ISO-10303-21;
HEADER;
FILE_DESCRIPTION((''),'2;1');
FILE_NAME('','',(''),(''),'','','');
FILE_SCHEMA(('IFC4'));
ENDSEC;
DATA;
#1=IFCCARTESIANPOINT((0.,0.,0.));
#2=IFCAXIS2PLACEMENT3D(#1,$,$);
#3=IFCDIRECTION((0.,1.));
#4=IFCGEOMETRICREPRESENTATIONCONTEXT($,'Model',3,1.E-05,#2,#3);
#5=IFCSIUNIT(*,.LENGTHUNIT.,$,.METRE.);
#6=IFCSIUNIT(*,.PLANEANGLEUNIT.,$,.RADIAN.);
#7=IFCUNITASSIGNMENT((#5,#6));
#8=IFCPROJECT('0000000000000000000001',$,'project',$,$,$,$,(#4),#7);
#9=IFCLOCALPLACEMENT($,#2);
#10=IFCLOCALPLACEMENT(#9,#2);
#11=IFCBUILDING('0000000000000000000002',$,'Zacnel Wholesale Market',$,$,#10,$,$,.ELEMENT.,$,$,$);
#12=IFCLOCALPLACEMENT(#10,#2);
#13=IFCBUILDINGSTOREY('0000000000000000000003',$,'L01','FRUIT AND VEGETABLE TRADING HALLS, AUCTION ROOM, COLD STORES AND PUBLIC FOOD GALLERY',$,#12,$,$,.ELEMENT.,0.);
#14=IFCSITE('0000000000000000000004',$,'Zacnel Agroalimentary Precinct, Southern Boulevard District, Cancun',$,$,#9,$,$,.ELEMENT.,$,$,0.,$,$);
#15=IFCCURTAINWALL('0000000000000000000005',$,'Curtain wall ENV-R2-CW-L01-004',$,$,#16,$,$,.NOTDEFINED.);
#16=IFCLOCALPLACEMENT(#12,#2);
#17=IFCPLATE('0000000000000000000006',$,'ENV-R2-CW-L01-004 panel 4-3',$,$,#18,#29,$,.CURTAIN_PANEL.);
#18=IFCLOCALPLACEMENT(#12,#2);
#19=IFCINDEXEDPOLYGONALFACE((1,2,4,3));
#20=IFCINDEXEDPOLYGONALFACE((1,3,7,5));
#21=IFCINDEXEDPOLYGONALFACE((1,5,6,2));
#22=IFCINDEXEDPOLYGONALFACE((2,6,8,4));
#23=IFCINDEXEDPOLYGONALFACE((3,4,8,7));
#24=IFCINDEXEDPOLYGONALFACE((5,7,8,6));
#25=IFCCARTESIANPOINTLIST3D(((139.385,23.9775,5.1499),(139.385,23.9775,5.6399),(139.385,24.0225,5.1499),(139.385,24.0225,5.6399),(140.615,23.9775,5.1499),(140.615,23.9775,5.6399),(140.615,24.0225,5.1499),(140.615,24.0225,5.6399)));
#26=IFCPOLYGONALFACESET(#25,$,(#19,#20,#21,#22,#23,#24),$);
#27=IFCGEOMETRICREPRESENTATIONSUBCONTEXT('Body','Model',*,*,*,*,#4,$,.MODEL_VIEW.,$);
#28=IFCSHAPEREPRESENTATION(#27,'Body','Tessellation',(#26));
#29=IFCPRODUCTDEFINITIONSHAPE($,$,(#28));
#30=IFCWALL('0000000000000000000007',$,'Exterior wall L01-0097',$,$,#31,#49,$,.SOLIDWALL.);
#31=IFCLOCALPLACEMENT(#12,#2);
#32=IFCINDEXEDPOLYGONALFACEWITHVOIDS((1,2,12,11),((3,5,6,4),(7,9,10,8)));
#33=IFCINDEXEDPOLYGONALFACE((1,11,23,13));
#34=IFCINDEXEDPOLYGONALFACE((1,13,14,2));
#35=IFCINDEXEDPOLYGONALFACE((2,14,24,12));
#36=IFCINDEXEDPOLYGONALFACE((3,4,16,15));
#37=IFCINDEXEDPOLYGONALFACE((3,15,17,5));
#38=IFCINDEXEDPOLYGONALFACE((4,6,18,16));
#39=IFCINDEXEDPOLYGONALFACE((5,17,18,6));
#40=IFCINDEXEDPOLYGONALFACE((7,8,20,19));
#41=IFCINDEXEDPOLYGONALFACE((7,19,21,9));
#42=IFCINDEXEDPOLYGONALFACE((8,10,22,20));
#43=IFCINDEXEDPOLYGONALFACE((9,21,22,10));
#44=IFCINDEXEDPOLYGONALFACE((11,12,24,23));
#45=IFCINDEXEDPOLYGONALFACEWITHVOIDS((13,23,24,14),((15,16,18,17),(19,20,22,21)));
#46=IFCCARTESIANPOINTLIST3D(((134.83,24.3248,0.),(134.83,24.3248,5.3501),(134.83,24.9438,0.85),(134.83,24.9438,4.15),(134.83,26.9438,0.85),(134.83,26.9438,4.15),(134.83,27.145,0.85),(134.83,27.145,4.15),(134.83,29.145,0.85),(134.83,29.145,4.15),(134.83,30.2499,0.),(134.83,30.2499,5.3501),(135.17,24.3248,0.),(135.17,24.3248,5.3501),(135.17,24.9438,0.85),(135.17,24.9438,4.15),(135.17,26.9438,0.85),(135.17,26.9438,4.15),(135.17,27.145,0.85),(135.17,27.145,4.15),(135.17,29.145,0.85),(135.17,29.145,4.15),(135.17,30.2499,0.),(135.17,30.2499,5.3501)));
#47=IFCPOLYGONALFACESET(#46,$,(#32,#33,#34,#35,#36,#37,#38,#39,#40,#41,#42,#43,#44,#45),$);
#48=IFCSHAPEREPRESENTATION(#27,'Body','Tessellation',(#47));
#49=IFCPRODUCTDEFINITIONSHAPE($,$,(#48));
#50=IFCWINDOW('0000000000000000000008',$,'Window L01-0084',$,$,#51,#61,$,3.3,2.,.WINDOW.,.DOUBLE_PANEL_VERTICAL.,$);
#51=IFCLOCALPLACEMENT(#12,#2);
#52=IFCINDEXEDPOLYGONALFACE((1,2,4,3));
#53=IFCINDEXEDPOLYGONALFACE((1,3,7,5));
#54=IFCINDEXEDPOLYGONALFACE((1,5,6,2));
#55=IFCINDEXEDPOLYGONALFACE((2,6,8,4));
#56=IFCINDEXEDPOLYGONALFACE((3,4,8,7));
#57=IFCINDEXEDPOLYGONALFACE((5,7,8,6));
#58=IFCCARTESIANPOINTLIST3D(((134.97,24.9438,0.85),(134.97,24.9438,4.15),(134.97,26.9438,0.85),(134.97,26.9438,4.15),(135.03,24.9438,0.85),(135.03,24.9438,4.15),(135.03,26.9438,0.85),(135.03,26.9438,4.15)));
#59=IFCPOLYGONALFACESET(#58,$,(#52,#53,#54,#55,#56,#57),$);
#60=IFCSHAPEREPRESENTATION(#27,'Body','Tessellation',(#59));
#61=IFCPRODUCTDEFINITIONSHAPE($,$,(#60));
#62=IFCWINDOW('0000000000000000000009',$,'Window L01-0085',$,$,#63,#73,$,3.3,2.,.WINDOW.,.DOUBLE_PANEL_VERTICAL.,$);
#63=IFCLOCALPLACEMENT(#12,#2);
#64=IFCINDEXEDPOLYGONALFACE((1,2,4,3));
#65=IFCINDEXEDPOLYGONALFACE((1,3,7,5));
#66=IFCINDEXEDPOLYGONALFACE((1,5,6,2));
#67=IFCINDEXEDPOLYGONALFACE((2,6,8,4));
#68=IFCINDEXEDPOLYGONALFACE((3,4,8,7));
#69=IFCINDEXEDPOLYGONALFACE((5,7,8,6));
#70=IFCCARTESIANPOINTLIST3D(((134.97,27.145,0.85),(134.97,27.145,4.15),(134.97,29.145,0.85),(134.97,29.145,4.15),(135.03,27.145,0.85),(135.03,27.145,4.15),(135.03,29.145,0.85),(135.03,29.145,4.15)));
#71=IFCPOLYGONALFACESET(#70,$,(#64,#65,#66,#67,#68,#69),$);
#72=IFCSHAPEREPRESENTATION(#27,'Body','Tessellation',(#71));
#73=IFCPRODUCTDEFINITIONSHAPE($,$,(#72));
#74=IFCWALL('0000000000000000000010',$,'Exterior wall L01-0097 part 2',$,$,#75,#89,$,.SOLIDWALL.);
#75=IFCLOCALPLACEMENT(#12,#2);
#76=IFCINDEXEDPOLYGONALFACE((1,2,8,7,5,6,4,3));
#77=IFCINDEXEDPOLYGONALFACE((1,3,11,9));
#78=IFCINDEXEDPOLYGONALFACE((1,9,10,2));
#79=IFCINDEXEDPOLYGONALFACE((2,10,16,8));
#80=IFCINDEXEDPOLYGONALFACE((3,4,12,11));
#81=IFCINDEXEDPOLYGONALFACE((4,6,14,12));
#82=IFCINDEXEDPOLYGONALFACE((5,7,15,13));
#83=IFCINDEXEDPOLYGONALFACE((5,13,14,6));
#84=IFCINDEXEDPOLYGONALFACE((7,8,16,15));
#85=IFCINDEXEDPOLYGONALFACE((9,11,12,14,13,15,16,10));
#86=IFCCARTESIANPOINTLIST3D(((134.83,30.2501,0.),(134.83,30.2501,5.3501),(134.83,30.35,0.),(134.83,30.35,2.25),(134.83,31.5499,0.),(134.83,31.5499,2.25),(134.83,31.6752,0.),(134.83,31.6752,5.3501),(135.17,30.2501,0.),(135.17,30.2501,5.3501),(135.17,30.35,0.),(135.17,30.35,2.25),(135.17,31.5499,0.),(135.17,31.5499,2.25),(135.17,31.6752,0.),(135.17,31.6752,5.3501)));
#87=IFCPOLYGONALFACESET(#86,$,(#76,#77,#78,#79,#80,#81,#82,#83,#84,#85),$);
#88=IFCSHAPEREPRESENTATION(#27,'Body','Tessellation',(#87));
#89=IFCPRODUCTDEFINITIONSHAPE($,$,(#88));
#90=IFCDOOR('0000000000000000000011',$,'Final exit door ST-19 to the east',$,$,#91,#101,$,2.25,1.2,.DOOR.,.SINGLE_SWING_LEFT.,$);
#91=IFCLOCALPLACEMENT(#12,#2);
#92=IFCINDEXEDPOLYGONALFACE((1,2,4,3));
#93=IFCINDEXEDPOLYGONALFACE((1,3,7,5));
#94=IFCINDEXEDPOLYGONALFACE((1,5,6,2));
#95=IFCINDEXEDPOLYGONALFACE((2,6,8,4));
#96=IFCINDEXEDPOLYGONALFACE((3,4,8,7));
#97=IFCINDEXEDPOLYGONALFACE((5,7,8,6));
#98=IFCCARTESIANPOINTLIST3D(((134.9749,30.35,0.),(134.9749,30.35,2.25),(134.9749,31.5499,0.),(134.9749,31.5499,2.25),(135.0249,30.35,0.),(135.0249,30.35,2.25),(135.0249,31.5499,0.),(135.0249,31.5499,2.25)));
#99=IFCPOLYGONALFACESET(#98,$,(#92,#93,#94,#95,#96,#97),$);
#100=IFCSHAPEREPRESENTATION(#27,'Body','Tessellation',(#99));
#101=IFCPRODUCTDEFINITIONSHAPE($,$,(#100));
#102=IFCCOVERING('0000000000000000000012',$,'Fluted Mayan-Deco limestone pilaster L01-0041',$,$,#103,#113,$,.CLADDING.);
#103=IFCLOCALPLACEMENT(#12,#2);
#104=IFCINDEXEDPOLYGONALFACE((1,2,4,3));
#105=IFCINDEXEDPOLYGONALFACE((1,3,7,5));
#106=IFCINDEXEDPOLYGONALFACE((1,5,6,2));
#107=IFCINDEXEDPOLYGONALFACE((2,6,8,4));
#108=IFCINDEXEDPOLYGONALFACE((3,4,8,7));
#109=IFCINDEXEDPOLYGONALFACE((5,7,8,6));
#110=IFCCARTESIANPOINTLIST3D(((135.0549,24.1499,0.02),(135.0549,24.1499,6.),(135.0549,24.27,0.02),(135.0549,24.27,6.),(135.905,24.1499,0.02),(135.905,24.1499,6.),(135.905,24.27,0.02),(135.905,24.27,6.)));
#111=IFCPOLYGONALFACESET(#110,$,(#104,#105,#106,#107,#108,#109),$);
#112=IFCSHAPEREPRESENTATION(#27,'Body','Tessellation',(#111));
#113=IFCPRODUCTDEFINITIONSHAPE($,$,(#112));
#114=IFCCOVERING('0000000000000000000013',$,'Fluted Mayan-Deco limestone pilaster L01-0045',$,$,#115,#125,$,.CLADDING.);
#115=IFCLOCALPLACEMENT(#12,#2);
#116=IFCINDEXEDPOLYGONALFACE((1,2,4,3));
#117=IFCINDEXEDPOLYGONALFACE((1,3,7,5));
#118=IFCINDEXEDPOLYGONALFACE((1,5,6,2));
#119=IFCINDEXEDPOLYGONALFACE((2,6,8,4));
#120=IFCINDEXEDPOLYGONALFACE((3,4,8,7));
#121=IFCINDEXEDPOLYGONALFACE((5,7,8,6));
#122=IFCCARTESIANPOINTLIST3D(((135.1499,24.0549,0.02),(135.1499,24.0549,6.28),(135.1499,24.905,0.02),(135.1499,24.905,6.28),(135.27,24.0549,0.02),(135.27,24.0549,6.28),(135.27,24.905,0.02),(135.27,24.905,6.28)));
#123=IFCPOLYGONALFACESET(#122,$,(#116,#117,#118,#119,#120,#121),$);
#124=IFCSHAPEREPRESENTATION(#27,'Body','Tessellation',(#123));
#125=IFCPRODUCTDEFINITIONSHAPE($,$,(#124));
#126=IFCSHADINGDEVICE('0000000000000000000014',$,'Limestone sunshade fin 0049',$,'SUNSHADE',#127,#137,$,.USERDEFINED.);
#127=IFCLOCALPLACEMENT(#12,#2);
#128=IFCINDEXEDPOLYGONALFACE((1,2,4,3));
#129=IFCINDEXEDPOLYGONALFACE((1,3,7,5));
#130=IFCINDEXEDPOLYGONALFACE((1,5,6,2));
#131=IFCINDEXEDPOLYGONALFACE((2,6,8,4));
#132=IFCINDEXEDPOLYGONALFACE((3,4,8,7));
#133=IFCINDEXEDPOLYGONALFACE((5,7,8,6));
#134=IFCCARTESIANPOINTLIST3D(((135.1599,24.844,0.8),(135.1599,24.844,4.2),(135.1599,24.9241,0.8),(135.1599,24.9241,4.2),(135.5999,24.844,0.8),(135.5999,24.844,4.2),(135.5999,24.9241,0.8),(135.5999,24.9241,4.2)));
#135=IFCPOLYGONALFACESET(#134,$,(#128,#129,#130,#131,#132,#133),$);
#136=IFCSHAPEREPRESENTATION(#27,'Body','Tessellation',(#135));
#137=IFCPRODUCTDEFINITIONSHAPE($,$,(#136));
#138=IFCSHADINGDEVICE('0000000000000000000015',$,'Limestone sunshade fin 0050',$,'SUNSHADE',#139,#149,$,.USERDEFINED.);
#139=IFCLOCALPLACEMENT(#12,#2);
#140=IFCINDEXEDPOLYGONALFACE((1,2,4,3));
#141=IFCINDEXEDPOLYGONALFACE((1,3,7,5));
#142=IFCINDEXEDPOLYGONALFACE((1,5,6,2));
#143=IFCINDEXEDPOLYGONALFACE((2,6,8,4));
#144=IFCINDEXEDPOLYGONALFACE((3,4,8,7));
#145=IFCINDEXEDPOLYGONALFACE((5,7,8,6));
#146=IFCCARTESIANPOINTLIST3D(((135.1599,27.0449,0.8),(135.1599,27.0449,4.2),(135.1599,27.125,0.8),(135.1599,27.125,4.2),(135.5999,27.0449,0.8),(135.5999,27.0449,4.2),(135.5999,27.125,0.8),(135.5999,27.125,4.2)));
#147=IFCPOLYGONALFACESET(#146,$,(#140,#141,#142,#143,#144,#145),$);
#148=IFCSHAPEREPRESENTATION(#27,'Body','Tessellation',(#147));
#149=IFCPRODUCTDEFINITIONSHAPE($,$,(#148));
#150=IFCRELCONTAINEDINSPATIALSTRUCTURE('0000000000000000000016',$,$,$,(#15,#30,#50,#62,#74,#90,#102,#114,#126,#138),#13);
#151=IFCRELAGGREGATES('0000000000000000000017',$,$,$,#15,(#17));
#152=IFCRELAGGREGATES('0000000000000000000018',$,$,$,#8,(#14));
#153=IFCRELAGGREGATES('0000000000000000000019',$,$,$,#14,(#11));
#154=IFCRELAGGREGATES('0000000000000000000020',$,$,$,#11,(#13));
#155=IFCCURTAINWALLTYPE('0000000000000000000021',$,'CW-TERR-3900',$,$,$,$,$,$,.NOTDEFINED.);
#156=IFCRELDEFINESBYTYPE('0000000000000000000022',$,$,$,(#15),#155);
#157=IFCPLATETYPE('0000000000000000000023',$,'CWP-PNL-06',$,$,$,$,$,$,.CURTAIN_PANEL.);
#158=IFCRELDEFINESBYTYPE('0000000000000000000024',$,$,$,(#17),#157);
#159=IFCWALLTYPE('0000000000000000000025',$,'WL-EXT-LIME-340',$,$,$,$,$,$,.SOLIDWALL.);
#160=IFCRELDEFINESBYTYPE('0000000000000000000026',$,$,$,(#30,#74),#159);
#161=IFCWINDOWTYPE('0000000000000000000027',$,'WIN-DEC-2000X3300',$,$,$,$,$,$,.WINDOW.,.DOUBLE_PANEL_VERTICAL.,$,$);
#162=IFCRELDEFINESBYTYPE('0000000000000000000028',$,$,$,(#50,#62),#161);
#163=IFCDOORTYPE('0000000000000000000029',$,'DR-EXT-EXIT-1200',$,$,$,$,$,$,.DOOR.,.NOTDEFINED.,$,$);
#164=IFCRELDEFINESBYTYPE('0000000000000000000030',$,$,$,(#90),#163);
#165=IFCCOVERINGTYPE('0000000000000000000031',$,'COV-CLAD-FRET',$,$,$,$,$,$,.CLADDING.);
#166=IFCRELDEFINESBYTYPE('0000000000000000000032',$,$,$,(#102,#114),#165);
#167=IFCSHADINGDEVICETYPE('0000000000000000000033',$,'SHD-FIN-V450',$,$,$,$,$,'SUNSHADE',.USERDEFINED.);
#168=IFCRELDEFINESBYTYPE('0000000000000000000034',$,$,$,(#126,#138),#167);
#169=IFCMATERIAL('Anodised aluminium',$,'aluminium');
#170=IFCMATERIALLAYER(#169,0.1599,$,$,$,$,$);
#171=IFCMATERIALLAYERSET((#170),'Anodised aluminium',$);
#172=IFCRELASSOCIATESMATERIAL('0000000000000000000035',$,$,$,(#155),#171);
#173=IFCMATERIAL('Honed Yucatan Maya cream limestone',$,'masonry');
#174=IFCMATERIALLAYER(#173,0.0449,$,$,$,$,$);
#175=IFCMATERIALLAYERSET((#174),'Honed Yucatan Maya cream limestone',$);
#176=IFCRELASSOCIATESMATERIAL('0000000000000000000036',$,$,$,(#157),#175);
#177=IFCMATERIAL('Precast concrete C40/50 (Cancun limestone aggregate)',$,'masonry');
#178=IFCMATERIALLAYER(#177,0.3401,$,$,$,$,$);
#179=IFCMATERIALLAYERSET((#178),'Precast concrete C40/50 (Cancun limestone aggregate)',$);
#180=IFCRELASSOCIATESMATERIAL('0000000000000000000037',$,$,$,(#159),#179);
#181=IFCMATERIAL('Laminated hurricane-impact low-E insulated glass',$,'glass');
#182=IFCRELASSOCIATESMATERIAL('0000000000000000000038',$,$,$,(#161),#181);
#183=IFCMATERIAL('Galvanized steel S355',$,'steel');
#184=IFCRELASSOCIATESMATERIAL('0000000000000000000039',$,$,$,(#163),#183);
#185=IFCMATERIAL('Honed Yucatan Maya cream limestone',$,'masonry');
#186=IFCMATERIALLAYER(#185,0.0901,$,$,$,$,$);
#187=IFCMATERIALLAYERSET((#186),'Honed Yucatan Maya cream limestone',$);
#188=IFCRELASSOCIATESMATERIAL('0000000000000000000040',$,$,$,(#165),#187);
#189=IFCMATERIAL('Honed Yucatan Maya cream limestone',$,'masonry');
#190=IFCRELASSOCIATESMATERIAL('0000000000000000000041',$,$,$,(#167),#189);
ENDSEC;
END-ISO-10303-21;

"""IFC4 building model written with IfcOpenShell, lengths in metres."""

from ifc_helpers import new_model, si_unit, direction, frame, frame_2d, origin, origin_2d, place, context, subcontext, project, spatial, rectangle, extrude, material, layer, layer_set, type_object, element, fill, aggregate, save


model = new_model("IFC4")

# Units and contexts
model_context = context("Model", 3, precision=1e-05, world=origin(), true_north=direction((0.0, 1.0)))
body_context = subcontext(model_context, "Body", "Model", "MODEL_VIEW")
ifc_project = project(units=[si_unit("LENGTHUNIT", "METRE"), si_unit("PLANEANGLEUNIT", "RADIAN")], contexts=[model_context])

# Site, building, storey
site_placement = place(None, origin())
site = spatial("IfcSite", under=ifc_project, at=site_placement, Name="Zacnel Agroalimentary Precinct, Southern Boulevard District, Cancun", CompositionType="ELEMENT", RefElevation=0.0)
building_placement = place(site_placement, origin())
building = spatial("IfcBuilding", under=site, at=building_placement, Name="Zacnel Wholesale Market", CompositionType="ELEMENT")
storey_placement = place(building_placement, origin())
storey = spatial("IfcBuildingStorey", under=building, at=storey_placement, Name="L01", Description="FRUIT AND VEGETABLE TRADING HALLS, AUCTION ROOM, COLD STORES AND PUBLIC FOOD GALLERY", CompositionType="ELEMENT", Elevation=0.0)

# Curtain wall, plate
ifc_material_1 = material(Name="Anodised aluminium", Category="aluminium")
ifc_layer_1 = layer(ifc_material_1, 0.1599)
ifc_layer_set_1 = layer_set([ifc_layer_1], Name="Anodised aluminium")
curtain_wall_type = type_object("IfcCurtainWallType", Name="CW-TERR-3900", PredefinedType="NOTDEFINED", material=ifc_layer_set_1)
curtain_wall_placement = place(storey_placement, origin())
curtain_wall = element("IfcCurtainWall", 1, at=curtain_wall_placement, inside=storey, type_object=curtain_wall_type, Name="Curtain wall ENV-R2-CW-L01-004", PredefinedType="NOTDEFINED")
ifc_material_2 = material(Name="Honed Yucatan Maya cream limestone", Category="masonry")
ifc_layer_2 = layer(ifc_material_2, 0.0449)
ifc_layer_set_2 = layer_set([ifc_layer_2], Name="Honed Yucatan Maya cream limestone")
plate_type_1 = type_object("IfcPlateType", Name="CWP-PNL-06", PredefinedType="CURTAIN_PANEL", material=ifc_layer_set_2)
plate_1_placement = place(storey_placement, frame((140.0, 24.0, 5.1499), z_axis=(0.0, 0.0, 1.0), x_axis=(1.0, 0.0, 0.0)))
plate_1 = element("IfcPlate", 2, at=plate_1_placement, type_object=plate_type_1, Name="ENV-R2-CW-L01-004 panel 4-3", PredefinedType="CURTAIN_PANEL", context=body_context, shape_type="SweptSolid", body=[
    extrude(rectangle(XDim=1.23, YDim=0.0449, at=origin_2d()), origin(), (0.0, 0.0, 1.0), 0.49),
])
aggregate(curtain_wall, [plate_1])

# Wall, openings, windows
ifc_material_3 = material(Name="Precast concrete C40/50 (Cancun limestone aggregate)", Category="masonry")
ifc_layer_3 = layer(ifc_material_3, 0.3401)
ifc_layer_set_3 = layer_set([ifc_layer_3], Name="Precast concrete C40/50 (Cancun limestone aggregate)")
wall_type = type_object("IfcWallType", Name="WL-EXT-LIME-340", PredefinedType="SOLIDWALL", material=ifc_layer_set_3)
wall_1_placement = place(storey_placement, frame((135.0, 24.325, 0.0), z_axis=(0.0, 0.0, 1.0), x_axis=(0.0, 1.0, 0.0)))
wall_1 = element("IfcWall", 3, at=wall_1_placement, inside=storey, type_object=wall_type, Name="Exterior wall L01-0097", PredefinedType="SOLIDWALL", context=body_context, shape_type="SweptSolid", body=[
    extrude(rectangle(XDim=5.925, YDim=0.3401, at=frame_2d((2.9624, 0.0))), origin(), (0.0, 0.0, 1.0), 5.3501),
])
opening_1_placement = place(wall_1_placement, frame((0.6189, 0.0, 0.8501)))
opening_1 = element("IfcOpeningElement", 4, at=opening_1_placement, cuts=wall_1, PredefinedType="OPENING", context=body_context, shape_type="SweptSolid", body=[
    extrude(rectangle(XDim=2.0, YDim=3.3, at=frame_2d((1.0, 1.6499))), frame((0.0, 0.1799, 0.0), z_axis=(0.0, -1.0, 0.0), x_axis=(1.0, 0.0, 0.0)), (0.0, 0.0, 1.0), 0.3601),
])
opening_2_placement = place(wall_1_placement, frame((2.8201, 0.0, 0.8501)))
opening_2 = element("IfcOpeningElement", 5, at=opening_2_placement, cuts=wall_1, PredefinedType="OPENING", context=body_context, shape_type="SweptSolid", body=[
    extrude(rectangle(XDim=2.0, YDim=3.3, at=frame_2d((1.0, 1.6499))), frame((0.0, 0.1799, 0.0), z_axis=(0.0, -1.0, 0.0), x_axis=(1.0, 0.0, 0.0)), (0.0, 0.0, 1.0), 0.3601),
])
ifc_material_4 = material(Name="Laminated hurricane-impact low-E insulated glass", Category="glass")
window_type = type_object("IfcWindowType", Name="WIN-DEC-2000X3300", PartitioningType="DOUBLE_PANEL_VERTICAL", PredefinedType="WINDOW", material=ifc_material_4)
window_1_placement = place(opening_1_placement, origin())
window_1 = element("IfcWindow", 6, at=window_1_placement, inside=storey, type_object=window_type, Name="Window L01-0084", OverallHeight=3.3, OverallWidth=2.0, PartitioningType="DOUBLE_PANEL_VERTICAL", PredefinedType="WINDOW", context=body_context, shape_type="SweptSolid", body=[
    extrude(rectangle(XDim=2.0, YDim=3.3, at=frame_2d((1.0, 1.6499))), frame((0.0, 0.03, 0.0), z_axis=(0.0, -1.0, 0.0), x_axis=(1.0, 0.0, 0.0)), (0.0, 0.0, 1.0), 0.0601),
])
fill(opening_1, window_1)
window_2_placement = place(opening_2_placement, origin())
window_2 = element("IfcWindow", 7, at=window_2_placement, inside=storey, type_object=window_type, Name="Window L01-0085", OverallHeight=3.3, OverallWidth=2.0, PartitioningType="DOUBLE_PANEL_VERTICAL", PredefinedType="WINDOW", context=body_context, shape_type="SweptSolid", body=[
    extrude(rectangle(XDim=2.0, YDim=3.3, at=frame_2d((1.0, 1.6499))), frame((0.0, 0.03, 0.0), z_axis=(0.0, -1.0, 0.0), x_axis=(1.0, 0.0, 0.0)), (0.0, 0.0, 1.0), 0.0601),
])
fill(opening_2, window_2)

# Wall, opening, door
wall_2_placement = place(storey_placement, frame((135.0, 31.675, 0.0), z_axis=(0.0, 0.0, 1.0), x_axis=(0.0, -1.0, 0.0)))
wall_2 = element("IfcWall", 8, at=wall_2_placement, inside=storey, type_object=wall_type, Name="Exterior wall L01-0097 part 2", PredefinedType="SOLIDWALL", context=body_context, shape_type="SweptSolid", body=[
    extrude(rectangle(XDim=1.425, YDim=0.3401, at=frame_2d((0.7124, 0.0))), origin(), (0.0, 0.0, 1.0), 5.3501),
])
opening_3_placement = place(wall_2_placement, frame((0.125, 0.0, 0.0)))
opening_3 = element("IfcOpeningElement", 9, at=opening_3_placement, cuts=wall_2, PredefinedType="OPENING", context=body_context, shape_type="SweptSolid", body=[
    extrude(rectangle(XDim=1.2, YDim=2.25, at=frame_2d((0.6001, 1.125))), frame((0.0, 0.1799, 0.0), z_axis=(0.0, -1.0, 0.0), x_axis=(1.0, 0.0, 0.0)), (0.0, 0.0, 1.0), 0.3601),
])
ifc_material_5 = material(Name="Galvanized steel S355", Category="steel")
door_type = type_object("IfcDoorType", Name="DR-EXT-EXIT-1200", OperationType="NOTDEFINED", PredefinedType="DOOR", material=ifc_material_5)
door_placement = place(opening_3_placement, origin())
door = element("IfcDoor", 10, at=door_placement, inside=storey, type_object=door_type, Name="Final exit door ST-19 to the east", OperationType="SINGLE_SWING_LEFT", OverallHeight=2.25, OverallWidth=1.2, PredefinedType="DOOR", context=body_context, shape_type="SweptSolid", body=[
    extrude(rectangle(XDim=1.2, YDim=2.25, at=frame_2d((0.6001, 1.125))), frame((0.0, 0.0249, 0.0), z_axis=(0.0, -1.0, 0.0), x_axis=(1.0, 0.0, 0.0)), (0.0, 0.0, 1.0), 0.05),
])
fill(opening_3, door)

# Coverings
ifc_material_6 = material(Name="Honed Yucatan Maya cream limestone", Category="masonry")
ifc_layer_4 = layer(ifc_material_6, 0.0901)
ifc_layer_set_4 = layer_set([ifc_layer_4], Name="Honed Yucatan Maya cream limestone")
covering_type = type_object("IfcCoveringType", Name="COV-CLAD-FRET", PredefinedType="CLADDING", material=ifc_layer_set_4)
covering_1_placement = place(storey_placement, frame((135.48, 24.21, 0.02), z_axis=(0.0, 0.0, 1.0), x_axis=(1.0, 0.0, 0.0)))
element("IfcCovering", 11, at=covering_1_placement, inside=storey, type_object=covering_type, Name="Fluted Mayan-Deco limestone pilaster L01-0041", PredefinedType="CLADDING", context=body_context, shape_type="SweptSolid", body=[
    extrude(rectangle(XDim=0.8501, YDim=0.1201, at=origin_2d()), origin(), (0.0, 0.0, 1.0), 5.98),
])
covering_2_placement = place(storey_placement, frame((135.21, 24.48, 0.02), z_axis=(0.0, 0.0, 1.0), x_axis=(0.0, 1.0, 0.0)))
element("IfcCovering", 12, at=covering_2_placement, inside=storey, type_object=covering_type, Name="Fluted Mayan-Deco limestone pilaster L01-0045", PredefinedType="CLADDING", context=body_context, shape_type="SweptSolid", body=[
    extrude(rectangle(XDim=0.8501, YDim=0.1201, at=origin_2d()), origin(), (0.0, 0.0, 1.0), 6.26),
])

# Shading devices
ifc_material_7 = material(Name="Honed Yucatan Maya cream limestone", Category="masonry")
shading_device_type = type_object("IfcShadingDeviceType", Name="SHD-FIN-V450", ElementType="SUNSHADE", PredefinedType="USERDEFINED", material=ifc_material_7)
for number, where, z_axis, x_axis, name in (
    (13, (135.3799, 24.884, 0.8), (0.0, 0.0, 1.0), (0.0, 1.0, 0.0), "Limestone sunshade fin 0049"),
    (14, (135.3799, 27.085, 0.8), (0.0, 0.0, 1.0), (0.0, 1.0, 0.0), "Limestone sunshade fin 0050"),
):
    element("IfcShadingDevice", number, at=place(storey_placement, frame(where, z_axis=z_axis, x_axis=x_axis)), inside=storey, type_object=shading_device_type, Name=name, ObjectType="SUNSHADE", PredefinedType="USERDEFINED", context=body_context, shape_type="SweptSolid", body=[
        extrude(rectangle(XDim=0.0801, YDim=0.4399, at=origin_2d()), origin(), (0.0, 0.0, 1.0), 3.3999),
    ])

save(model, "model.ifc")
